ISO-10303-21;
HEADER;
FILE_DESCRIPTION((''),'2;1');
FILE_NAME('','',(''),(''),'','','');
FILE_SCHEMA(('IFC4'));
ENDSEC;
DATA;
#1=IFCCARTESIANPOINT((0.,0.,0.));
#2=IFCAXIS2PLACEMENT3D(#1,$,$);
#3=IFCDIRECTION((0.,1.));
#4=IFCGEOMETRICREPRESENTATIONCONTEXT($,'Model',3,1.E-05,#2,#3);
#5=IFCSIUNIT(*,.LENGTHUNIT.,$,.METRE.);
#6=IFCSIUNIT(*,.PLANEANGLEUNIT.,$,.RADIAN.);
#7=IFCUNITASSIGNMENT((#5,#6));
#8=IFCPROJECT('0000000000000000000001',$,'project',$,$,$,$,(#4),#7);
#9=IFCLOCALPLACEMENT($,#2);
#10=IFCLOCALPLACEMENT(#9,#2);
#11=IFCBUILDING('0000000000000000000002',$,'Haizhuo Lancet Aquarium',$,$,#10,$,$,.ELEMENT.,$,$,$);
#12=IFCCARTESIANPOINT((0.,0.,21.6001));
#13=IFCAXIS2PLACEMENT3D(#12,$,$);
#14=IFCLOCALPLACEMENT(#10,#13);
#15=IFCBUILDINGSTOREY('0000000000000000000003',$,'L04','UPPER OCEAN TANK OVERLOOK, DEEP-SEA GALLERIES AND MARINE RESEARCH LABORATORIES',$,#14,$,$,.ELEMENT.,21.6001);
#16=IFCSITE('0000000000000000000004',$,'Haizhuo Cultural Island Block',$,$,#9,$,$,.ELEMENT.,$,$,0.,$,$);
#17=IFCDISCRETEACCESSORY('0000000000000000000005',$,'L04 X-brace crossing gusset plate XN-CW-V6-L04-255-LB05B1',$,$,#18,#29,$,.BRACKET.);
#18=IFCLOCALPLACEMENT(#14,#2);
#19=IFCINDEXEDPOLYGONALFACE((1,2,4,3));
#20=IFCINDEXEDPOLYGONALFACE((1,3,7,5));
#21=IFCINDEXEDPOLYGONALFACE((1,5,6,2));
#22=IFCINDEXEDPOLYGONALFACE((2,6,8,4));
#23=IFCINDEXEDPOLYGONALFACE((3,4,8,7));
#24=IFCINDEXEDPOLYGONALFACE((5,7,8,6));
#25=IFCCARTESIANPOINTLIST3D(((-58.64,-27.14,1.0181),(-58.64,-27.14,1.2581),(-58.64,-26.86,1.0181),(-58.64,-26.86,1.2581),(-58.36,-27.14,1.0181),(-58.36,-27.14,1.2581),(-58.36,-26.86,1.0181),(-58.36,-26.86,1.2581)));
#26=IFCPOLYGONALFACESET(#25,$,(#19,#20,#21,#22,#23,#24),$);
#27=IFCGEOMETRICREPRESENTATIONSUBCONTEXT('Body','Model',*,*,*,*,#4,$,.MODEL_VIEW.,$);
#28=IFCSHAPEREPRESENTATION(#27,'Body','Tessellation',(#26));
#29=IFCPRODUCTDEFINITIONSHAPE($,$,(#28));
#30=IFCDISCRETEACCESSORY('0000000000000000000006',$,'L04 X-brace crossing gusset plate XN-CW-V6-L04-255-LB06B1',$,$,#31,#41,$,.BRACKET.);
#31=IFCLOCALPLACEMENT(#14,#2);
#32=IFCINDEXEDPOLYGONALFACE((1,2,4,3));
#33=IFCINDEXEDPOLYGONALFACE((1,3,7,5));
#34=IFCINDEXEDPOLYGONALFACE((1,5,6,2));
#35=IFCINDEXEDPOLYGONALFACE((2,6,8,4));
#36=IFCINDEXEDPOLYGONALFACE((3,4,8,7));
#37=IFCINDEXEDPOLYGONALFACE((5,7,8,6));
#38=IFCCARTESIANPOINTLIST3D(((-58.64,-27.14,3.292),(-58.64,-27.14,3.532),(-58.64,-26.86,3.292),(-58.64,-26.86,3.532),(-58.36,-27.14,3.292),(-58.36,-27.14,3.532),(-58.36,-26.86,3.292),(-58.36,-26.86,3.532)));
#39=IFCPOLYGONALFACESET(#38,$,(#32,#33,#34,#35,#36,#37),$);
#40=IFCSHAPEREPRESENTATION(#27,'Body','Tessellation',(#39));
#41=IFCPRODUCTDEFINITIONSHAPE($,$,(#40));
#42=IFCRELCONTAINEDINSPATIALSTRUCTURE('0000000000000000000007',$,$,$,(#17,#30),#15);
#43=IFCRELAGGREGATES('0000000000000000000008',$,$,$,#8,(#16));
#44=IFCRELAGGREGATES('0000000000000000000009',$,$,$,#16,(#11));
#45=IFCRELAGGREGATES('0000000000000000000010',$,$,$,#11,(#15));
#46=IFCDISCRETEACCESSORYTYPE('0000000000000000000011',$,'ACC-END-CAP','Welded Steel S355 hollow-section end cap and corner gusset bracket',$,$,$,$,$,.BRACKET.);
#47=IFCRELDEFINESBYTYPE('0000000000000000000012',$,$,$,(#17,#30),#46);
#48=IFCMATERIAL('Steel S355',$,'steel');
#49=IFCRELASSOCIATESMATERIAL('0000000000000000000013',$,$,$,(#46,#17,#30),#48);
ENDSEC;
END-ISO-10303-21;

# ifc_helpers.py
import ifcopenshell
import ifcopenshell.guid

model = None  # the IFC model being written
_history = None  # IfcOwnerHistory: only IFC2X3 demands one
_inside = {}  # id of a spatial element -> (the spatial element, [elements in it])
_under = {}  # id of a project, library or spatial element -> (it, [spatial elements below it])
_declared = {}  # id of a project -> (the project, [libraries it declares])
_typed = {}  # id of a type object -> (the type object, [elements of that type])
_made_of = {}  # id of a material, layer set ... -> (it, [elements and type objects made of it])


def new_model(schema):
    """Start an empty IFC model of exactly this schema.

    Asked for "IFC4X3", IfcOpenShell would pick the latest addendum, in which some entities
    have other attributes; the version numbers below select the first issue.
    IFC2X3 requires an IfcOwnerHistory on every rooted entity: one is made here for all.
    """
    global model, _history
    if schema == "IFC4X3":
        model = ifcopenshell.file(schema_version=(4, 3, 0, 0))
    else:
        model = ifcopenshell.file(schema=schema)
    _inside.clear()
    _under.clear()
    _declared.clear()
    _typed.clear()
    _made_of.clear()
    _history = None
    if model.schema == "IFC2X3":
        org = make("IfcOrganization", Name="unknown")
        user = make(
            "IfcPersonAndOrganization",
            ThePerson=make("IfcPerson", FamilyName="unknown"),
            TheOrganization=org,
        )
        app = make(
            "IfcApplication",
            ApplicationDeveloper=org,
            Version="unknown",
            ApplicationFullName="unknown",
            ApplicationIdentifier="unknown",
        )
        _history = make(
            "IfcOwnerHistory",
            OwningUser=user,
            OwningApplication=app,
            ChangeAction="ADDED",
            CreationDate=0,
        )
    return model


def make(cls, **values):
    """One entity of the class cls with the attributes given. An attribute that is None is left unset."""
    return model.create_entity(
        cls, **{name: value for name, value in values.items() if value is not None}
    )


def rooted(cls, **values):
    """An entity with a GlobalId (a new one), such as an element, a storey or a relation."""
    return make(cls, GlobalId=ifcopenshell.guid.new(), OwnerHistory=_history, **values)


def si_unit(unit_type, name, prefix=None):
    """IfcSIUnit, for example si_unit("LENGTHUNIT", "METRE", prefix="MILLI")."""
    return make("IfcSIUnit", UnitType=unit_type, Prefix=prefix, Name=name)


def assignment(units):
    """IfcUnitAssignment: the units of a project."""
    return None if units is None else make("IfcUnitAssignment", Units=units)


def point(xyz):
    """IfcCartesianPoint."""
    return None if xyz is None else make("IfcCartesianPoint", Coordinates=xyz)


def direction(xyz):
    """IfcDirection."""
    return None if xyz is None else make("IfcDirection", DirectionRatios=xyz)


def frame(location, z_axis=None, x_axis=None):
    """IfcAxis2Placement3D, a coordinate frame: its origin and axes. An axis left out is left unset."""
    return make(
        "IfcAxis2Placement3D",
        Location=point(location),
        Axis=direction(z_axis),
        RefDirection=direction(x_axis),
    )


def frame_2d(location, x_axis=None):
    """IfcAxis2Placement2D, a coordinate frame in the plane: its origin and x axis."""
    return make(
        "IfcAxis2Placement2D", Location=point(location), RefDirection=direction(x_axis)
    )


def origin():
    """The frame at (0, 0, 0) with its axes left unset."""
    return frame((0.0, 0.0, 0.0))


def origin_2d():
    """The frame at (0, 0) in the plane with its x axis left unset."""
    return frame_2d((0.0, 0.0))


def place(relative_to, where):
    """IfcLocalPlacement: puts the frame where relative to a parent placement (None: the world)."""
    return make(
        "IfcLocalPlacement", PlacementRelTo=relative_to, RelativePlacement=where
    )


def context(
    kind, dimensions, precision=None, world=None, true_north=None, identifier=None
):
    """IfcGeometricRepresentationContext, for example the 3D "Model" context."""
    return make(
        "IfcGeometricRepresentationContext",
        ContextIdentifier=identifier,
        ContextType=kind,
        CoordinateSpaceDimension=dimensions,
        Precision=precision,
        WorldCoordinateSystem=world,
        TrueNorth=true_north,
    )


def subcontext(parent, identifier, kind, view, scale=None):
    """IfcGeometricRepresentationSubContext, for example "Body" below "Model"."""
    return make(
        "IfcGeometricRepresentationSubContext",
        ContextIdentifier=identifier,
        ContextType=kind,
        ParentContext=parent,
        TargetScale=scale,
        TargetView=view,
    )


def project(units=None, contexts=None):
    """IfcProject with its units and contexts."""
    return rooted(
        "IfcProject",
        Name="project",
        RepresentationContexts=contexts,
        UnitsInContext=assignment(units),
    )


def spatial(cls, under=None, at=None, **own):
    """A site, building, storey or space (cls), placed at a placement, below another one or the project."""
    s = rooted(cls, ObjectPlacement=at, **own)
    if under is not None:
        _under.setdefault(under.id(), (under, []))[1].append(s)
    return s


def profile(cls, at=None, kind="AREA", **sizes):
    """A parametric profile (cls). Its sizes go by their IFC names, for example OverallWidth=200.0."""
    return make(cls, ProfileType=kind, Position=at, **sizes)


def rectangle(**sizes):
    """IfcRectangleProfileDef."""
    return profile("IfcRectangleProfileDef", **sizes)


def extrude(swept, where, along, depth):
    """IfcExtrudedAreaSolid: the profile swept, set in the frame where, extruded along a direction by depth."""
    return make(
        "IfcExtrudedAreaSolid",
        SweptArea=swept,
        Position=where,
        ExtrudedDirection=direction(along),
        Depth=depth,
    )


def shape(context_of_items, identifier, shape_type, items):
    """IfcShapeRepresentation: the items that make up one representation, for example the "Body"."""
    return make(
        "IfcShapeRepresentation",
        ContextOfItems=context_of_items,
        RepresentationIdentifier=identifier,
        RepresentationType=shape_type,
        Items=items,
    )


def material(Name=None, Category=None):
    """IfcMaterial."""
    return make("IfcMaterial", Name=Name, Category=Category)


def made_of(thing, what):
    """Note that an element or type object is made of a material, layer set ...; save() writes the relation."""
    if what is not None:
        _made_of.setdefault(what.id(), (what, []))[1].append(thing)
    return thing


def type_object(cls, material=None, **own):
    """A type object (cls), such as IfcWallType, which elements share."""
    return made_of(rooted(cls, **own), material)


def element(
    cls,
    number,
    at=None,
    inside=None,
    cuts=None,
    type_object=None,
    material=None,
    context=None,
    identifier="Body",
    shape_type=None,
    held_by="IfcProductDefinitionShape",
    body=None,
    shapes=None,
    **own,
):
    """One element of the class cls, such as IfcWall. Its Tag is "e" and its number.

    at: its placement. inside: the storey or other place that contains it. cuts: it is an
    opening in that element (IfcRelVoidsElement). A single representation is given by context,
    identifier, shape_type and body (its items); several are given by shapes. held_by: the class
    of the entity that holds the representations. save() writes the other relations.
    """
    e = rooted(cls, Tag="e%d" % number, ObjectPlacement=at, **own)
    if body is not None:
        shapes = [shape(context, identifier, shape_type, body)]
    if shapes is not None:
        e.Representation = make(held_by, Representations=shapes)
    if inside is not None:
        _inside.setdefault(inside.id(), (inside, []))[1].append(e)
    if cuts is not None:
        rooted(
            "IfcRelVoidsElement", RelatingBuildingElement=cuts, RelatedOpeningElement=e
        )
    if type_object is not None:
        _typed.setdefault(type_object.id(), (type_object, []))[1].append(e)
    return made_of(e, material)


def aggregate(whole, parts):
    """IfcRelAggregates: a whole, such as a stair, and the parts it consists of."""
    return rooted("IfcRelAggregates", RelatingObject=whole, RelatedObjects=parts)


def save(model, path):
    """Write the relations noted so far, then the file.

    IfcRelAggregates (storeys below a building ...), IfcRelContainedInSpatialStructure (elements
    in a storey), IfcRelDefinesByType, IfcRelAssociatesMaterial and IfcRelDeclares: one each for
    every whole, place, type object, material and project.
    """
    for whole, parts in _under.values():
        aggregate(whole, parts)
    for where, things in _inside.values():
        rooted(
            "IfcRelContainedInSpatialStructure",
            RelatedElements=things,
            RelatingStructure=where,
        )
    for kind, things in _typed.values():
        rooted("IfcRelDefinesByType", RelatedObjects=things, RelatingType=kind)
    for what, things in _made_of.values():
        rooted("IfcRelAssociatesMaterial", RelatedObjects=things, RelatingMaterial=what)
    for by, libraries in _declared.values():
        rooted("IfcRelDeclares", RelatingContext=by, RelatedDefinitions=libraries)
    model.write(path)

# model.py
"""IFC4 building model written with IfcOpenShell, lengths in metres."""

from ifc_helpers import new_model, si_unit, direction, frame, origin, origin_2d, place, context, subcontext, project, spatial, rectangle, extrude, material, type_object, element, save


model = new_model("IFC4")

# Units and contexts
model_context = context("Model", 3, precision=1e-05, world=origin(), true_north=direction((0.0, 1.0)))
body_context = subcontext(model_context, "Body", "Model", "MODEL_VIEW")
ifc_project = project(units=[si_unit("LENGTHUNIT", "METRE"), si_unit("PLANEANGLEUNIT", "RADIAN")], contexts=[model_context])

# Site, building, storey
site_placement = place(None, origin())
site = spatial("IfcSite", under=ifc_project, at=site_placement, Name="Haizhuo Cultural Island Block", CompositionType="ELEMENT", RefElevation=0.0)
building_placement = place(site_placement, origin())
building = spatial("IfcBuilding", under=site, at=building_placement, Name="Haizhuo Lancet Aquarium", CompositionType="ELEMENT")
storey_placement = place(building_placement, frame((0.0, 0.0, 21.6001)))
storey = spatial("IfcBuildingStorey", under=building, at=storey_placement, Name="L04", Description="UPPER OCEAN TANK OVERLOOK, DEEP-SEA GALLERIES AND MARINE RESEARCH LABORATORIES", CompositionType="ELEMENT", Elevation=21.6001)

# Shared definitions
ifc_material_1 = material(Name="Steel S355", Category="steel")

# Discrete accessories
discrete_accessory_type = type_object("IfcDiscreteAccessoryType", Name="ACC-END-CAP", Description="Welded Steel S355 hollow-section end cap and corner gusset bracket", PredefinedType="BRACKET", material=ifc_material_1)
for number, where, z_axis, x_axis, name in (
    (1, (-58.5, -27.0, 1.0181), (0.0, 0.0, 1.0), (1.0, 0.0, 0.0), "L04 X-brace crossing gusset plate XN-CW-V6-L04-255-LB05B1"),
    (2, (-58.5, -27.0, 3.292), (0.0, 0.0, 1.0), (1.0, 0.0, 0.0), "L04 X-brace crossing gusset plate XN-CW-V6-L04-255-LB06B1"),
):
    element("IfcDiscreteAccessory", number, at=place(storey_placement, frame(where, z_axis=z_axis, x_axis=x_axis)), inside=storey, type_object=discrete_accessory_type, material=ifc_material_1, Name=name, PredefinedType="BRACKET", context=body_context, shape_type="SweptSolid", body=[
        extrude(rectangle(XDim=0.28, YDim=0.28, at=origin_2d()), origin(), (0.0, 0.0, 1.0), 0.24),
    ])

save(model, "model.ifc")
